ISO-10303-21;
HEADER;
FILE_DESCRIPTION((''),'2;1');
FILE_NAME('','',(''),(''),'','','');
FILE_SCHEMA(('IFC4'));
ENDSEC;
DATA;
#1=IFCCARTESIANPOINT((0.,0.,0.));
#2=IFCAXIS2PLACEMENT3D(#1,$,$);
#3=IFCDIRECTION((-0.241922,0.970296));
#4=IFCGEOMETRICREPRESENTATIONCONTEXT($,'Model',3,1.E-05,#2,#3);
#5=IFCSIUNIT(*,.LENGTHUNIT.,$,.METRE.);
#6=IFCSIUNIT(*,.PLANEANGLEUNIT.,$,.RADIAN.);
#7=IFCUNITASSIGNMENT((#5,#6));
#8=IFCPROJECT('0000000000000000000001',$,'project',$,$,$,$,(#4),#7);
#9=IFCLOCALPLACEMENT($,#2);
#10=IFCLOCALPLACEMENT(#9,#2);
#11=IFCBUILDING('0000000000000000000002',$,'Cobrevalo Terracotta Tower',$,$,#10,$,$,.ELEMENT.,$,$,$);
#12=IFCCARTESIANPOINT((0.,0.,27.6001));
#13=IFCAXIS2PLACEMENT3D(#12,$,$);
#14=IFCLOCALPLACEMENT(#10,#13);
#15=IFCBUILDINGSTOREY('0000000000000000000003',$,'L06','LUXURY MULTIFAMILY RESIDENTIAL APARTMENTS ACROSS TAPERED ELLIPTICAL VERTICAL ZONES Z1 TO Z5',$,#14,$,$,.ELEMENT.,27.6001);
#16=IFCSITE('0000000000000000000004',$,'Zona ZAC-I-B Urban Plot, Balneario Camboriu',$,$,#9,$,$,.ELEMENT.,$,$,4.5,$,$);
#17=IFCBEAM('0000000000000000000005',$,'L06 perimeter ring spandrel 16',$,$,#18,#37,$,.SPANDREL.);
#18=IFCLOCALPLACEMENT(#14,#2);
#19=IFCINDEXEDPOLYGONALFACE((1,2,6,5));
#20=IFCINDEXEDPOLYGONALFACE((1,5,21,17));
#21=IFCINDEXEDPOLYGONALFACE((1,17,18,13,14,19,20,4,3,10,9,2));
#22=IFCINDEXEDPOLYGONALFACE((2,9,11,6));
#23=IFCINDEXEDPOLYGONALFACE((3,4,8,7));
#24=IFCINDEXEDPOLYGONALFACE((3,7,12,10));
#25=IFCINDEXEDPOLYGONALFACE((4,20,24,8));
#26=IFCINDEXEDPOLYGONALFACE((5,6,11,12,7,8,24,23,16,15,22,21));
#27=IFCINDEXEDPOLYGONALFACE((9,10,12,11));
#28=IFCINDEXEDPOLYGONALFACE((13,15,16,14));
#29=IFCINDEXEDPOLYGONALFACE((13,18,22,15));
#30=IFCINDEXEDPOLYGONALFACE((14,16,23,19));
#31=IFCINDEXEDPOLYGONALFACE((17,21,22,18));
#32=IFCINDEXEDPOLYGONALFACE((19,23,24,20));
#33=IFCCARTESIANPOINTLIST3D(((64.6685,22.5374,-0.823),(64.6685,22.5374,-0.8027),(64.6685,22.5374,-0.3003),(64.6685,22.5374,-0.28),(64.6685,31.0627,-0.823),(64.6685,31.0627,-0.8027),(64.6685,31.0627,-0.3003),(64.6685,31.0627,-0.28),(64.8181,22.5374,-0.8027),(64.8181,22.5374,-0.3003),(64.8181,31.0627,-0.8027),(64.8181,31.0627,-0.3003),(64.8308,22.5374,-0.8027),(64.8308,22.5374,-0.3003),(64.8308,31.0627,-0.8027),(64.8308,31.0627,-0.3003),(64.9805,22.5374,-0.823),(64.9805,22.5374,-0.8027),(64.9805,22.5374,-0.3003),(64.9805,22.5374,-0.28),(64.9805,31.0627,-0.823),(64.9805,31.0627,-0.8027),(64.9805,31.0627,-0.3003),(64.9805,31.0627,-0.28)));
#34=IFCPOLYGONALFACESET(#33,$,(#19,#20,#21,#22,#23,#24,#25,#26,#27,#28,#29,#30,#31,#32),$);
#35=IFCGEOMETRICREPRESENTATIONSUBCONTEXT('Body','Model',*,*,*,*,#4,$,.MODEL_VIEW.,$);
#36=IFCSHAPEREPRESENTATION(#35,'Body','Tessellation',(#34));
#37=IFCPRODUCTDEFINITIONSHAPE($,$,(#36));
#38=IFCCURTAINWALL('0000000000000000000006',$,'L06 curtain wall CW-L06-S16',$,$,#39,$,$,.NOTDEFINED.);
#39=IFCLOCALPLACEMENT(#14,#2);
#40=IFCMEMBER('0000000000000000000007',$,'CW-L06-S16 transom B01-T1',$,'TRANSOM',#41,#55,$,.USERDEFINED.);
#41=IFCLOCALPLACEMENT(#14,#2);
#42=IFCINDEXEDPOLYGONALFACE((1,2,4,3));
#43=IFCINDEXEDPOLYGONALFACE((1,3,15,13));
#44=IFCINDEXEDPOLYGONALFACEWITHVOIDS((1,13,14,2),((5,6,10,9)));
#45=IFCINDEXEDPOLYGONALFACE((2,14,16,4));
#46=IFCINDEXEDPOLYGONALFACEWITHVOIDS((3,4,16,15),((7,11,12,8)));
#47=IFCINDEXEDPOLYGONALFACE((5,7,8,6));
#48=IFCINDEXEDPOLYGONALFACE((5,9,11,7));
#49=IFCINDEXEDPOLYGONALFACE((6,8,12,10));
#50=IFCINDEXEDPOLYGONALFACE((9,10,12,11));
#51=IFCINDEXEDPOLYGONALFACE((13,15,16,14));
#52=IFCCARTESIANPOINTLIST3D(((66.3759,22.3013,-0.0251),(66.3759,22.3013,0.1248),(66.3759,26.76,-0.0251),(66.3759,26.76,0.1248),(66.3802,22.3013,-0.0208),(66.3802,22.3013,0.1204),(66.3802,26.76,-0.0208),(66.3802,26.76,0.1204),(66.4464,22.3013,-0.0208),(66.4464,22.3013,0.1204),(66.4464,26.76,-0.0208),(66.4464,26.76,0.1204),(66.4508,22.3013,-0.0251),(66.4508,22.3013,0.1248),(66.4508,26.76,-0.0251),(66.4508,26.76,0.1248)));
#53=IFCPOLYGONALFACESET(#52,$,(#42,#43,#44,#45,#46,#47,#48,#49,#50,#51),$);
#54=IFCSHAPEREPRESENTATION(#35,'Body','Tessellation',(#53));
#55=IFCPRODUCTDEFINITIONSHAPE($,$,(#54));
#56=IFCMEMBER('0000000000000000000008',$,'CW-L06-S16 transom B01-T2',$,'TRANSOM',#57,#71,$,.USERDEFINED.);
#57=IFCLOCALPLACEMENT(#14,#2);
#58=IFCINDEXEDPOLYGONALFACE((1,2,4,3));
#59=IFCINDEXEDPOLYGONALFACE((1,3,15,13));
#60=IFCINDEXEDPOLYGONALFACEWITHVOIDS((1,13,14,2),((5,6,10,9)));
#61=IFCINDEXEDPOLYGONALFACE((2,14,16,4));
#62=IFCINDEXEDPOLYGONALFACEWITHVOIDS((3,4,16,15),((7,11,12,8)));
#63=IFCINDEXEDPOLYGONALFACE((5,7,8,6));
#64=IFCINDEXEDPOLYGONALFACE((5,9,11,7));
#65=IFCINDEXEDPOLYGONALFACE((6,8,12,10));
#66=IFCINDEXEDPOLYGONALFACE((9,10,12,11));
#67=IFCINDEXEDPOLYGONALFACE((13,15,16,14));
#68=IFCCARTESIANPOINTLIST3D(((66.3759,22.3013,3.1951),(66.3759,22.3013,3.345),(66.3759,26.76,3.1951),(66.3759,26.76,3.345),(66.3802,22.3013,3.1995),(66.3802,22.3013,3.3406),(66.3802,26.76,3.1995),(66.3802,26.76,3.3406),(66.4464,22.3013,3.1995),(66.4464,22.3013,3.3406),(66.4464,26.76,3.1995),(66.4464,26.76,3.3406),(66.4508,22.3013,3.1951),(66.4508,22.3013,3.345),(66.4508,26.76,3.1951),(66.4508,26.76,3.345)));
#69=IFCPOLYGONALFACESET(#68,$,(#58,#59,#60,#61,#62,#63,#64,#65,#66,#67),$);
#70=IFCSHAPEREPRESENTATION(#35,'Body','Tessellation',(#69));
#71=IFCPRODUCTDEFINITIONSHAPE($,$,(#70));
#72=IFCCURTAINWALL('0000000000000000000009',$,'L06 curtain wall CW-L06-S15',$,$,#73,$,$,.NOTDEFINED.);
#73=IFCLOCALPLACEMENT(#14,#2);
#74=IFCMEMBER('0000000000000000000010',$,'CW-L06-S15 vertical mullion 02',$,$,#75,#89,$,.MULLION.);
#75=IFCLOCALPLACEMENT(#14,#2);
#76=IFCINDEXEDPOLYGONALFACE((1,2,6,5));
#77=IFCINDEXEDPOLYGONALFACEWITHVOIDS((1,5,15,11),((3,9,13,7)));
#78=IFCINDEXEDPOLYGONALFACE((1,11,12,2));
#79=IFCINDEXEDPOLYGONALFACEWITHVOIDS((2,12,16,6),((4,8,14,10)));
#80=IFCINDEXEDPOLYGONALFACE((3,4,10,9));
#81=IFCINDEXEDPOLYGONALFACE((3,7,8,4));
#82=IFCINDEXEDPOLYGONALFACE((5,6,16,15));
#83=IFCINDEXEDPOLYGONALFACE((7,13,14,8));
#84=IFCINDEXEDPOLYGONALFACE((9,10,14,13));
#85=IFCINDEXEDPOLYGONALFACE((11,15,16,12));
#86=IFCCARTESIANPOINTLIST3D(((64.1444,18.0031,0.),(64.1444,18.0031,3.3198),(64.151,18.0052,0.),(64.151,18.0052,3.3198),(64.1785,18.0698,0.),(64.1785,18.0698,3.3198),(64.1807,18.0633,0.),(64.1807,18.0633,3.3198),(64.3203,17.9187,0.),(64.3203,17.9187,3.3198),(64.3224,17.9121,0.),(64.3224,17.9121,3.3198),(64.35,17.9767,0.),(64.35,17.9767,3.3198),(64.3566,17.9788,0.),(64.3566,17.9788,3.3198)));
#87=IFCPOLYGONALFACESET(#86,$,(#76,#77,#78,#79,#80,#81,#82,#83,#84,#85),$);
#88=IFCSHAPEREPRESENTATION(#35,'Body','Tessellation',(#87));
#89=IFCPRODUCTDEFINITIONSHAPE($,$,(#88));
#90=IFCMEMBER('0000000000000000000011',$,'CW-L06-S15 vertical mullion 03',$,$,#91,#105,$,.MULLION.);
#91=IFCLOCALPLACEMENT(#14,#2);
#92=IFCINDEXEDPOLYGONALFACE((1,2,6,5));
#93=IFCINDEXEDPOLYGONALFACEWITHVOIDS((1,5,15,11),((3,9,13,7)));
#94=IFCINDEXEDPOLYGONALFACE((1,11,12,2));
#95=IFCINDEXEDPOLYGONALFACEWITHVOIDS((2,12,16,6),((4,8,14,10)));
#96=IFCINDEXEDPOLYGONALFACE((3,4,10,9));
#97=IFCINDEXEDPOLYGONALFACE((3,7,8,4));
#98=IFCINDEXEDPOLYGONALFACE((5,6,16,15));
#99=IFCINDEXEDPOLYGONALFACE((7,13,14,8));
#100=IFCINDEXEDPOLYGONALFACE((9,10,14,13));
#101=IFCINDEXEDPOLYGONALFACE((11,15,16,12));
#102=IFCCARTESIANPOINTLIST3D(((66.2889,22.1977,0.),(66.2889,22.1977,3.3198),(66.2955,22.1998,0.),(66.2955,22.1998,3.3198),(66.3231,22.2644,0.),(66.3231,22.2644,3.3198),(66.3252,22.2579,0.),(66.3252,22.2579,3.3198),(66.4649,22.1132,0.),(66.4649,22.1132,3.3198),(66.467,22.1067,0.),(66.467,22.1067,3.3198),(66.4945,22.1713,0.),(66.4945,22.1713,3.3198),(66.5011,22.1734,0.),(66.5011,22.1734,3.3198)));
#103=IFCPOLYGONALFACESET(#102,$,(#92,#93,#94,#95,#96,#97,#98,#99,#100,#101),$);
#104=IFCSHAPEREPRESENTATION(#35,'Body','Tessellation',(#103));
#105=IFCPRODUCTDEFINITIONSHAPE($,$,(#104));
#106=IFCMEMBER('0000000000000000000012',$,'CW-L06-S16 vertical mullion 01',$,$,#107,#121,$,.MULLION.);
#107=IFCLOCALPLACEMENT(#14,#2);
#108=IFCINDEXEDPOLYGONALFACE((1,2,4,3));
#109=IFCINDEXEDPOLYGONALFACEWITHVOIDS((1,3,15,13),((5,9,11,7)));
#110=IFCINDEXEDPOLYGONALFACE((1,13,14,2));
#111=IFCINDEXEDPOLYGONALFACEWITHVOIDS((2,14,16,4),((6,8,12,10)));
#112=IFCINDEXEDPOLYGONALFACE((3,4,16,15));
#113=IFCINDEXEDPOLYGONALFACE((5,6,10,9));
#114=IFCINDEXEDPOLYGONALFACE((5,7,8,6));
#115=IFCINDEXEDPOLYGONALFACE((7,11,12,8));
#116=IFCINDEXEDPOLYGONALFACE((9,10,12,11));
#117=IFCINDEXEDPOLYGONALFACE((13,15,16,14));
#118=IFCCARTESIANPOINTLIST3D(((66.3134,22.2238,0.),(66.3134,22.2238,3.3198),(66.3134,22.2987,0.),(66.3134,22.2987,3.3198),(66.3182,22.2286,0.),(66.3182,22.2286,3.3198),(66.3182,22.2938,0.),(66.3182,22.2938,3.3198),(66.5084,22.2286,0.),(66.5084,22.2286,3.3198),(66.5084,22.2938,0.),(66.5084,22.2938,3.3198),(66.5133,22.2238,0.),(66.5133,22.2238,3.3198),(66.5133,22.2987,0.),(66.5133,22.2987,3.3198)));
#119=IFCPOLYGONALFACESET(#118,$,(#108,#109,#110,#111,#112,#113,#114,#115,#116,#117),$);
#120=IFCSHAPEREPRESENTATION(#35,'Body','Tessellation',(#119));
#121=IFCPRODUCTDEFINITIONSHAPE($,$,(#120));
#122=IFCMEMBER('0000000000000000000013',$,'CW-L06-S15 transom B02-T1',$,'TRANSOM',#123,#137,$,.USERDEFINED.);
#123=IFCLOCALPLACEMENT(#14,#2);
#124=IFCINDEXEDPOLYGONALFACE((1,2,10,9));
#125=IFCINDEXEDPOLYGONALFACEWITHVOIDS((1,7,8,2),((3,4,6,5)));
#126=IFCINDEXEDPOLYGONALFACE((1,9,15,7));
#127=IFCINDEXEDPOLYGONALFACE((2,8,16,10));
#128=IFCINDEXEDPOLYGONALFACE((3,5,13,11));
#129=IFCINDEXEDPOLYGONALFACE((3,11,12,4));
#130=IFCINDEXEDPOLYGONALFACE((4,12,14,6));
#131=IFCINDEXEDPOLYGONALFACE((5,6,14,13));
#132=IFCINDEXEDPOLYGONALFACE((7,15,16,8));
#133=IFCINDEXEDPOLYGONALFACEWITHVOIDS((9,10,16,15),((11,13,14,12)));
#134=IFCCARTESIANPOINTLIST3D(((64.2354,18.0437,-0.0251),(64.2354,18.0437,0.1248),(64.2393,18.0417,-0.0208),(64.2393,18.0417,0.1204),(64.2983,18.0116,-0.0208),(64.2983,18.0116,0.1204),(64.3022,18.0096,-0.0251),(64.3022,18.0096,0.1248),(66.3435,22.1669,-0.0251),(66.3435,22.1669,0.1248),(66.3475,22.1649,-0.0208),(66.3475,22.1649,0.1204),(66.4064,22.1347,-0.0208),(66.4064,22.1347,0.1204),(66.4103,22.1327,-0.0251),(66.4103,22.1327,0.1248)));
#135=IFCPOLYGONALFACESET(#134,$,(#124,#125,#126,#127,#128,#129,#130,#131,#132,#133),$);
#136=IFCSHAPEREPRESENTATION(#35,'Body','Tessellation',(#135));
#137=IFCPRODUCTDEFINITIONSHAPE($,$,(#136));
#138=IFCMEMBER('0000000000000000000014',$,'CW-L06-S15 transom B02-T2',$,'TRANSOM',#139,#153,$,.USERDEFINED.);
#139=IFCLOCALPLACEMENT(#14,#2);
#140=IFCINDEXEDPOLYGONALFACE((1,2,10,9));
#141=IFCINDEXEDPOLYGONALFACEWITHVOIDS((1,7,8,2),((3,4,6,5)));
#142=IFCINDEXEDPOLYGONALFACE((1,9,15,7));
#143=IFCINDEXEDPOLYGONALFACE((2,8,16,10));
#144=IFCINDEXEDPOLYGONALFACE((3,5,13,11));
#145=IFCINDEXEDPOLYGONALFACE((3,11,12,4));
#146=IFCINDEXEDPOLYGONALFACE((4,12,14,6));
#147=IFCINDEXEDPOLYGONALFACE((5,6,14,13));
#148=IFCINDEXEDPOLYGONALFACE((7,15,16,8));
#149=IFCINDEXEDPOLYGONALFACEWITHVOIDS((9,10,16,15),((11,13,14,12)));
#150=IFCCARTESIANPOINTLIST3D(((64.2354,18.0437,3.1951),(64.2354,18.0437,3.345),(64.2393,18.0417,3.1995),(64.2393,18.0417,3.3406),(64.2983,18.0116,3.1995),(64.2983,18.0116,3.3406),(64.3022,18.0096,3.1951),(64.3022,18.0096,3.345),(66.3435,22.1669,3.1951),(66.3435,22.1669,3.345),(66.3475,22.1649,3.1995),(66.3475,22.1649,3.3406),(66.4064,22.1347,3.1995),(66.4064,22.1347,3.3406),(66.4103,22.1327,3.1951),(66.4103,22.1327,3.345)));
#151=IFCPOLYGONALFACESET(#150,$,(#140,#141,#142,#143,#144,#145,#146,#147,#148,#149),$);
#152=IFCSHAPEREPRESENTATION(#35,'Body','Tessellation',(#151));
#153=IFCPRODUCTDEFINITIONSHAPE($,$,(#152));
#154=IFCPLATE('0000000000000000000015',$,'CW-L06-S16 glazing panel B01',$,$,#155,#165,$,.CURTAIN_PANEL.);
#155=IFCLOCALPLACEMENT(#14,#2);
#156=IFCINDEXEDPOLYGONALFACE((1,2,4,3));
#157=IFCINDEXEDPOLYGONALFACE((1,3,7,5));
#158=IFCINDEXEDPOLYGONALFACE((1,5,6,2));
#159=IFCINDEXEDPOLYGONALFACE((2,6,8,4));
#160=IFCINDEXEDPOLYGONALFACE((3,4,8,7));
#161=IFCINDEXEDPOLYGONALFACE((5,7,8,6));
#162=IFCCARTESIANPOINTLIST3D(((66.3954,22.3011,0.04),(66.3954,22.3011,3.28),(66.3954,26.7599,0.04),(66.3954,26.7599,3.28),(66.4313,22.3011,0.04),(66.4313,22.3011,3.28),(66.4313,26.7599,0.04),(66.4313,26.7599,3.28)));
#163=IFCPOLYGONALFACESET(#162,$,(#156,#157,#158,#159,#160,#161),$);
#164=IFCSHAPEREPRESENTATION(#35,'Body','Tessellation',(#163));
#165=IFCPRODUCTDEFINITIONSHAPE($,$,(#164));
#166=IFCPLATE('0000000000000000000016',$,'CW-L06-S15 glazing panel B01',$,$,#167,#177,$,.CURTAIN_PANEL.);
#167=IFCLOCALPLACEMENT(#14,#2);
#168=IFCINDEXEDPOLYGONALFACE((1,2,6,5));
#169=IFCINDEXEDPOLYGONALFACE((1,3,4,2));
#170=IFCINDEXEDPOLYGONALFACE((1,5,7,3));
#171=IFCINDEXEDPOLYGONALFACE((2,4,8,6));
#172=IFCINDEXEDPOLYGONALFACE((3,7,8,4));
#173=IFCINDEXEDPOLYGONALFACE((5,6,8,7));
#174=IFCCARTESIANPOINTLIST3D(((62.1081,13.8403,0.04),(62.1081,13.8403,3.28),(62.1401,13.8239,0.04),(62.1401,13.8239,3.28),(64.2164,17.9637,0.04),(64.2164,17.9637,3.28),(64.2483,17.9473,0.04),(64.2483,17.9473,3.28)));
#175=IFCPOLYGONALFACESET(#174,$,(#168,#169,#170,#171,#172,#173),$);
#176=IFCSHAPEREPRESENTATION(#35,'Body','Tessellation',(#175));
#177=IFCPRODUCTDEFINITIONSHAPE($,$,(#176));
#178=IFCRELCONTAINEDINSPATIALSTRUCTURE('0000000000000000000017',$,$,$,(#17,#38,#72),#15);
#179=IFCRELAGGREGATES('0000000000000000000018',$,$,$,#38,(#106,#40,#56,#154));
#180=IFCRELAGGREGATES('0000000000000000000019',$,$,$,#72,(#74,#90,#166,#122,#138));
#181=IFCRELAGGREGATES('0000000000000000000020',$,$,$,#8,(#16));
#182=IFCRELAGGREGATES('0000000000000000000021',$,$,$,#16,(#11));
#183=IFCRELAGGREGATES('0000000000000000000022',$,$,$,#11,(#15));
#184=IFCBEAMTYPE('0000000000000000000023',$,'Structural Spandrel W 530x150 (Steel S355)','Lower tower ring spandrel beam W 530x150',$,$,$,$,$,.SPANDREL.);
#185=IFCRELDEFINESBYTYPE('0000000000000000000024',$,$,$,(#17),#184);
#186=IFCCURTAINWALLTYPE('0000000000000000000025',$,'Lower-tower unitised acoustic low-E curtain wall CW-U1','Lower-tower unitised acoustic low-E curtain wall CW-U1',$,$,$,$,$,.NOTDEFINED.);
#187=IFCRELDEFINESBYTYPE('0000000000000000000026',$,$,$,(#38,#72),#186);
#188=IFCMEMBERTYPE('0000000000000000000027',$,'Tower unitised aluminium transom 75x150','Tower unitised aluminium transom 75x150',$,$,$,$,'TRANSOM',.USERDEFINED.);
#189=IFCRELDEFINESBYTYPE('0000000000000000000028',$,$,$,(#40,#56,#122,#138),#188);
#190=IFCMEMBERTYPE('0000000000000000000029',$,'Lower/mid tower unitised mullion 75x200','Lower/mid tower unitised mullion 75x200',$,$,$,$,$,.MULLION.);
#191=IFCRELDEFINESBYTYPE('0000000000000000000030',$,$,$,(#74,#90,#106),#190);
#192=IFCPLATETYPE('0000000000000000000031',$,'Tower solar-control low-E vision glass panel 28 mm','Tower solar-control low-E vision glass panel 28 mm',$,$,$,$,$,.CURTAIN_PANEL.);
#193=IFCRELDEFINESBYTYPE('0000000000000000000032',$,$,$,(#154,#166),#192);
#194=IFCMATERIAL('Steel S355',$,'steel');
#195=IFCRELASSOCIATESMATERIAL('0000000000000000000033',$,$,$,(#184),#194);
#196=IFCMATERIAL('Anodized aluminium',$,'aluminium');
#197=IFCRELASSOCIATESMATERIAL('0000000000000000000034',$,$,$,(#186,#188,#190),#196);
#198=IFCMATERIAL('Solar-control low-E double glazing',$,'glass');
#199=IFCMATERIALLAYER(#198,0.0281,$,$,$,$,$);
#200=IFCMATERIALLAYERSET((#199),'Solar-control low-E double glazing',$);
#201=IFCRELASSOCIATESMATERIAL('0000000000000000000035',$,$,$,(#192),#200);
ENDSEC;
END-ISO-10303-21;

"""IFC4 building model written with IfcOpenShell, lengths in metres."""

from ifc_helpers import new_model, si_unit, direction, frame, origin, origin_2d, place, context, subcontext, project, spatial, rectangle, hollow_rectangle, i_section, extrude, source, transform, mapped, material, layer, layer_set, material_profile, profile_set, type_object, element, aggregate, save


model = new_model("IFC4")

# Units and contexts
model_context = context("Model", 3, precision=1e-05, world=origin(), true_north=direction((-0.241922, 0.970296)))
body_context = subcontext(model_context, "Body", "Model", "MODEL_VIEW")
ifc_project = project(units=[si_unit("LENGTHUNIT", "METRE"), si_unit("PLANEANGLEUNIT", "RADIAN")], contexts=[model_context])

# Site, building, storey
site_placement = place(None, origin())
site = spatial("IfcSite", under=ifc_project, at=site_placement, Name="Zona ZAC-I-B Urban Plot, Balneario Camboriu", CompositionType="ELEMENT", RefElevation=4.5)
building_placement = place(site_placement, origin())
building = spatial("IfcBuilding", under=site, at=building_placement, Name="Cobrevalo Terracotta Tower", CompositionType="ELEMENT")
storey_placement = place(building_placement, frame((0.0, 0.0, 27.6001)))
storey = spatial("IfcBuildingStorey", under=building, at=storey_placement, Name="L06", Description="LUXURY MULTIFAMILY RESIDENTIAL APARTMENTS ACROSS TAPERED ELLIPTICAL VERTICAL ZONES Z1 TO Z5", CompositionType="ELEMENT", Elevation=27.6001)

# Shared definitions
ifc_material_1 = material(Name="Steel S355", Category="steel")

# Beam
ifc_material_profile_1 = material_profile(ifc_material_1, i_section(OverallWidth=0.312, OverallDepth=0.543, WebThickness=0.0127, FlangeThickness=0.0203, at=origin_2d()), Name="W 530x150")
ifc_profile_set_1 = profile_set([ifc_material_profile_1], Name="Steel S355")
beam_type_1 = type_object("IfcBeamType", Name="Structural Spandrel W 530x150 (Steel S355)", Description="Lower tower ring spandrel beam W 530x150", PredefinedType="SPANDREL", material=ifc_profile_set_1)
beam_1_placement = place(storey_placement, frame((64.8245, 22.5374, -0.5515), z_axis=(0.0, 1.0, 0.0), x_axis=(-1.0, 0.0, 0.0)))
element("IfcBeam", 1, at=beam_1_placement, inside=storey, type_object=beam_type_1, Name="L06 perimeter ring spandrel 16", PredefinedType="SPANDREL", context=body_context, shape_type="SweptSolid", body=[
    extrude(i_section(OverallWidth=0.312, OverallDepth=0.543, WebThickness=0.0127, FlangeThickness=0.0203, at=origin_2d()), origin(), (0.0, 0.0, 1.0), 8.5254),
])

# Curtain walls, members
ifc_material_2 = material(Name="Anodized aluminium", Category="aluminium")
curtain_wall_type = type_object("IfcCurtainWallType", Name="Lower-tower unitised acoustic low-E curtain wall CW-U1", Description="Lower-tower unitised acoustic low-E curtain wall CW-U1", PredefinedType="NOTDEFINED", material=ifc_material_2)
curtain_wall_1_placement = place(storey_placement, origin())
curtain_wall_1 = element("IfcCurtainWall", 2, at=curtain_wall_1_placement, inside=storey, type_object=curtain_wall_type, Name="L06 curtain wall CW-L06-S16", PredefinedType="NOTDEFINED")
ifc_material_profile_2 = material_profile(ifc_material_2, hollow_rectangle(XDim=0.075, YDim=0.1499, WallThickness=0.0044, at=origin_2d()), Name="CWT 75x150")
ifc_profile_set_2 = profile_set([ifc_material_profile_2], Name="Anodized aluminium")
member_type_1 = type_object("IfcMemberType", Name="Tower unitised aluminium transom 75x150", Description="Tower unitised aluminium transom 75x150", ElementType="TRANSOM", PredefinedType="USERDEFINED", material=ifc_profile_set_2)
shared_shape_1 = source(origin(), body_context, "Body", "SweptSolid", [
    extrude(hollow_rectangle(XDim=0.075, YDim=0.1499, WallThickness=0.0044, at=origin_2d()), origin(), (0.0, 0.0, 1.0), 4.4587),
])
member_1_placement = place(storey_placement, frame((66.4133, 22.3013, 0.0498), z_axis=(0.0, 1.0, 0.0), x_axis=(-1.0, 0.0, 0.0)))
member_1 = element("IfcMember", 3, at=member_1_placement, type_object=member_type_1, Name="CW-L06-S16 transom B01-T1", ObjectType="TRANSOM", PredefinedType="USERDEFINED", context=body_context, shape_type="MappedRepresentation", body=[
    mapped(shared_shape_1, transform((0.0, 0.0, 0.0), scale=1.0)),
])
member_2_placement = place(storey_placement, frame((66.4133, 22.3013, 3.27), z_axis=(0.0, 1.0, 0.0), x_axis=(-1.0, 0.0, 0.0)))
member_2 = element("IfcMember", 4, at=member_2_placement, type_object=member_type_1, Name="CW-L06-S16 transom B01-T2", ObjectType="TRANSOM", PredefinedType="USERDEFINED", context=body_context, shape_type="MappedRepresentation", body=[
    mapped(shared_shape_1, transform((0.0, 0.0, 0.0), scale=1.0)),
])
curtain_wall_2_placement = place(storey_placement, origin())
curtain_wall_2 = element("IfcCurtainWall", 5, at=curtain_wall_2_placement, inside=storey, type_object=curtain_wall_type, Name="L06 curtain wall CW-L06-S15", PredefinedType="NOTDEFINED")
ifc_material_profile_3 = material_profile(ifc_material_2, hollow_rectangle(XDim=0.075, YDim=0.2, WallThickness=0.0049, at=origin_2d()), Name="CWM 75x200")
ifc_profile_set_3 = profile_set([ifc_material_profile_3], Name="Anodized aluminium")
member_type_2 = type_object("IfcMemberType", Name="Lower/mid tower unitised mullion 75x200", Description="Lower/mid tower unitised mullion 75x200", PredefinedType="MULLION", material=ifc_profile_set_3)
shared_shape_2 = source(origin(), body_context, "Body", "SweptSolid", [
    extrude(hollow_rectangle(XDim=0.075, YDim=0.2, WallThickness=0.0049, at=origin_2d()), origin(), (0.0, 0.0, 1.0), 3.3198),
])
member_3_placement = place(storey_placement, frame((64.2505, 17.991, 0.0), z_axis=(0.0, 0.0, 1.0), x_axis=(0.455234, 0.890372, 0.0)))
member_3 = element("IfcMember", 6, at=member_3_placement, type_object=member_type_2, Name="CW-L06-S15 vertical mullion 02", PredefinedType="MULLION", context=body_context, shape_type="MappedRepresentation", body=[
    mapped(shared_shape_2, transform((0.0, 0.0, 0.0), scale=1.0)),
])
member_4_placement = place(storey_placement, frame((66.395, 22.1855, 0.0), z_axis=(0.0, 0.0, 1.0), x_axis=(0.455234, 0.890372, 0.0)))
member_4 = element("IfcMember", 7, at=member_4_placement, type_object=member_type_2, Name="CW-L06-S15 vertical mullion 03", PredefinedType="MULLION", context=body_context, shape_type="MappedRepresentation", body=[
    mapped(shared_shape_2, transform((0.0, 0.0, 0.0), scale=1.0)),
])

# Members
member_5_placement = place(storey_placement, frame((66.4133, 22.2612, 0.0), z_axis=(0.0, 0.0, 1.0), x_axis=(0.0, 1.0, 0.0)))
member_5 = element("IfcMember", 8, at=member_5_placement, type_object=member_type_2, Name="CW-L06-S16 vertical mullion 01", PredefinedType="MULLION", context=body_context, shape_type="MappedRepresentation", body=[
    mapped(shared_shape_2, transform((0.0, 0.0, 0.0), scale=1.0)),
])
shared_shape_3 = source(origin(), body_context, "Body", "SweptSolid", [
    extrude(hollow_rectangle(XDim=0.075, YDim=0.1499, WallThickness=0.0044, at=origin_2d()), origin(), (0.0, 0.0, 1.0), 4.6309),
])
member_6_placement = place(storey_placement, frame((64.2688, 18.0266, 0.0498), z_axis=(0.45523, 0.890374, 0.0), x_axis=(-0.890374, 0.45523, 0.0)))
member_6 = element("IfcMember", 9, at=member_6_placement, type_object=member_type_1, Name="CW-L06-S15 transom B02-T1", ObjectType="TRANSOM", PredefinedType="USERDEFINED", context=body_context, shape_type="MappedRepresentation", body=[
    mapped(shared_shape_3, transform((0.0, 0.0, 0.0), scale=1.0)),
])
member_7_placement = place(storey_placement, frame((64.2688, 18.0266, 3.27), z_axis=(0.45523, 0.890374, 0.0), x_axis=(-0.890374, 0.45523, 0.0)))
member_7 = element("IfcMember", 10, at=member_7_placement, type_object=member_type_1, Name="CW-L06-S15 transom B02-T2", ObjectType="TRANSOM", PredefinedType="USERDEFINED", context=body_context, shape_type="MappedRepresentation", body=[
    mapped(shared_shape_3, transform((0.0, 0.0, 0.0), scale=1.0)),
])

# Plates
ifc_material_3 = material(Name="Solar-control low-E double glazing", Category="glass")
ifc_layer_1 = layer(ifc_material_3, 0.0281)
ifc_layer_set_1 = layer_set([ifc_layer_1], Name="Solar-control low-E double glazing")
plate_type = type_object("IfcPlateType", Name="Tower solar-control low-E vision glass panel 28 mm", Description="Tower solar-control low-E vision glass panel 28 mm", PredefinedType="CURTAIN_PANEL", material=ifc_layer_set_1)
shared_shape_4 = source(origin(), body_context, "Body", "SweptSolid", [
    extrude(rectangle(XDim=4.4587, YDim=0.0359, at=origin_2d()), origin(), (0.0, 0.0, 1.0), 3.24),
])
plate_1_placement = place(storey_placement, frame((66.4133, 24.5305, 0.04), z_axis=(0.0, 0.0, 1.0), x_axis=(0.0, 1.0, 0.0)))
plate_1 = element("IfcPlate", 11, at=plate_1_placement, type_object=plate_type, Name="CW-L06-S16 glazing panel B01", PredefinedType="CURTAIN_PANEL", context=body_context, shape_type="MappedRepresentation", body=[
    mapped(shared_shape_4, transform((0.0, 0.0, 0.0), scale=1.0)),
])
aggregate(curtain_wall_1, [member_5, member_1, member_2, plate_1])
shared_shape_5 = source(origin(), body_context, "Body", "SweptSolid", [
    extrude(rectangle(XDim=4.6311, YDim=0.0359, at=origin_2d()), origin(), (0.0, 0.0, 1.0), 3.24),
])
plate_2_placement = place(storey_placement, frame((63.1782, 15.8938, 0.04), z_axis=(0.0, 0.0, 1.0), x_axis=(0.455231, 0.890373, 0.0)))
plate_2 = element("IfcPlate", 12, at=plate_2_placement, type_object=plate_type, Name="CW-L06-S15 glazing panel B01", PredefinedType="CURTAIN_PANEL", context=body_context, shape_type="MappedRepresentation", body=[
    mapped(shared_shape_5, transform((0.0, 0.0, 0.0), scale=1.0)),
])
aggregate(curtain_wall_2, [member_3, member_4, plate_2, member_6, member_7])

save(model, "model.ifc")
